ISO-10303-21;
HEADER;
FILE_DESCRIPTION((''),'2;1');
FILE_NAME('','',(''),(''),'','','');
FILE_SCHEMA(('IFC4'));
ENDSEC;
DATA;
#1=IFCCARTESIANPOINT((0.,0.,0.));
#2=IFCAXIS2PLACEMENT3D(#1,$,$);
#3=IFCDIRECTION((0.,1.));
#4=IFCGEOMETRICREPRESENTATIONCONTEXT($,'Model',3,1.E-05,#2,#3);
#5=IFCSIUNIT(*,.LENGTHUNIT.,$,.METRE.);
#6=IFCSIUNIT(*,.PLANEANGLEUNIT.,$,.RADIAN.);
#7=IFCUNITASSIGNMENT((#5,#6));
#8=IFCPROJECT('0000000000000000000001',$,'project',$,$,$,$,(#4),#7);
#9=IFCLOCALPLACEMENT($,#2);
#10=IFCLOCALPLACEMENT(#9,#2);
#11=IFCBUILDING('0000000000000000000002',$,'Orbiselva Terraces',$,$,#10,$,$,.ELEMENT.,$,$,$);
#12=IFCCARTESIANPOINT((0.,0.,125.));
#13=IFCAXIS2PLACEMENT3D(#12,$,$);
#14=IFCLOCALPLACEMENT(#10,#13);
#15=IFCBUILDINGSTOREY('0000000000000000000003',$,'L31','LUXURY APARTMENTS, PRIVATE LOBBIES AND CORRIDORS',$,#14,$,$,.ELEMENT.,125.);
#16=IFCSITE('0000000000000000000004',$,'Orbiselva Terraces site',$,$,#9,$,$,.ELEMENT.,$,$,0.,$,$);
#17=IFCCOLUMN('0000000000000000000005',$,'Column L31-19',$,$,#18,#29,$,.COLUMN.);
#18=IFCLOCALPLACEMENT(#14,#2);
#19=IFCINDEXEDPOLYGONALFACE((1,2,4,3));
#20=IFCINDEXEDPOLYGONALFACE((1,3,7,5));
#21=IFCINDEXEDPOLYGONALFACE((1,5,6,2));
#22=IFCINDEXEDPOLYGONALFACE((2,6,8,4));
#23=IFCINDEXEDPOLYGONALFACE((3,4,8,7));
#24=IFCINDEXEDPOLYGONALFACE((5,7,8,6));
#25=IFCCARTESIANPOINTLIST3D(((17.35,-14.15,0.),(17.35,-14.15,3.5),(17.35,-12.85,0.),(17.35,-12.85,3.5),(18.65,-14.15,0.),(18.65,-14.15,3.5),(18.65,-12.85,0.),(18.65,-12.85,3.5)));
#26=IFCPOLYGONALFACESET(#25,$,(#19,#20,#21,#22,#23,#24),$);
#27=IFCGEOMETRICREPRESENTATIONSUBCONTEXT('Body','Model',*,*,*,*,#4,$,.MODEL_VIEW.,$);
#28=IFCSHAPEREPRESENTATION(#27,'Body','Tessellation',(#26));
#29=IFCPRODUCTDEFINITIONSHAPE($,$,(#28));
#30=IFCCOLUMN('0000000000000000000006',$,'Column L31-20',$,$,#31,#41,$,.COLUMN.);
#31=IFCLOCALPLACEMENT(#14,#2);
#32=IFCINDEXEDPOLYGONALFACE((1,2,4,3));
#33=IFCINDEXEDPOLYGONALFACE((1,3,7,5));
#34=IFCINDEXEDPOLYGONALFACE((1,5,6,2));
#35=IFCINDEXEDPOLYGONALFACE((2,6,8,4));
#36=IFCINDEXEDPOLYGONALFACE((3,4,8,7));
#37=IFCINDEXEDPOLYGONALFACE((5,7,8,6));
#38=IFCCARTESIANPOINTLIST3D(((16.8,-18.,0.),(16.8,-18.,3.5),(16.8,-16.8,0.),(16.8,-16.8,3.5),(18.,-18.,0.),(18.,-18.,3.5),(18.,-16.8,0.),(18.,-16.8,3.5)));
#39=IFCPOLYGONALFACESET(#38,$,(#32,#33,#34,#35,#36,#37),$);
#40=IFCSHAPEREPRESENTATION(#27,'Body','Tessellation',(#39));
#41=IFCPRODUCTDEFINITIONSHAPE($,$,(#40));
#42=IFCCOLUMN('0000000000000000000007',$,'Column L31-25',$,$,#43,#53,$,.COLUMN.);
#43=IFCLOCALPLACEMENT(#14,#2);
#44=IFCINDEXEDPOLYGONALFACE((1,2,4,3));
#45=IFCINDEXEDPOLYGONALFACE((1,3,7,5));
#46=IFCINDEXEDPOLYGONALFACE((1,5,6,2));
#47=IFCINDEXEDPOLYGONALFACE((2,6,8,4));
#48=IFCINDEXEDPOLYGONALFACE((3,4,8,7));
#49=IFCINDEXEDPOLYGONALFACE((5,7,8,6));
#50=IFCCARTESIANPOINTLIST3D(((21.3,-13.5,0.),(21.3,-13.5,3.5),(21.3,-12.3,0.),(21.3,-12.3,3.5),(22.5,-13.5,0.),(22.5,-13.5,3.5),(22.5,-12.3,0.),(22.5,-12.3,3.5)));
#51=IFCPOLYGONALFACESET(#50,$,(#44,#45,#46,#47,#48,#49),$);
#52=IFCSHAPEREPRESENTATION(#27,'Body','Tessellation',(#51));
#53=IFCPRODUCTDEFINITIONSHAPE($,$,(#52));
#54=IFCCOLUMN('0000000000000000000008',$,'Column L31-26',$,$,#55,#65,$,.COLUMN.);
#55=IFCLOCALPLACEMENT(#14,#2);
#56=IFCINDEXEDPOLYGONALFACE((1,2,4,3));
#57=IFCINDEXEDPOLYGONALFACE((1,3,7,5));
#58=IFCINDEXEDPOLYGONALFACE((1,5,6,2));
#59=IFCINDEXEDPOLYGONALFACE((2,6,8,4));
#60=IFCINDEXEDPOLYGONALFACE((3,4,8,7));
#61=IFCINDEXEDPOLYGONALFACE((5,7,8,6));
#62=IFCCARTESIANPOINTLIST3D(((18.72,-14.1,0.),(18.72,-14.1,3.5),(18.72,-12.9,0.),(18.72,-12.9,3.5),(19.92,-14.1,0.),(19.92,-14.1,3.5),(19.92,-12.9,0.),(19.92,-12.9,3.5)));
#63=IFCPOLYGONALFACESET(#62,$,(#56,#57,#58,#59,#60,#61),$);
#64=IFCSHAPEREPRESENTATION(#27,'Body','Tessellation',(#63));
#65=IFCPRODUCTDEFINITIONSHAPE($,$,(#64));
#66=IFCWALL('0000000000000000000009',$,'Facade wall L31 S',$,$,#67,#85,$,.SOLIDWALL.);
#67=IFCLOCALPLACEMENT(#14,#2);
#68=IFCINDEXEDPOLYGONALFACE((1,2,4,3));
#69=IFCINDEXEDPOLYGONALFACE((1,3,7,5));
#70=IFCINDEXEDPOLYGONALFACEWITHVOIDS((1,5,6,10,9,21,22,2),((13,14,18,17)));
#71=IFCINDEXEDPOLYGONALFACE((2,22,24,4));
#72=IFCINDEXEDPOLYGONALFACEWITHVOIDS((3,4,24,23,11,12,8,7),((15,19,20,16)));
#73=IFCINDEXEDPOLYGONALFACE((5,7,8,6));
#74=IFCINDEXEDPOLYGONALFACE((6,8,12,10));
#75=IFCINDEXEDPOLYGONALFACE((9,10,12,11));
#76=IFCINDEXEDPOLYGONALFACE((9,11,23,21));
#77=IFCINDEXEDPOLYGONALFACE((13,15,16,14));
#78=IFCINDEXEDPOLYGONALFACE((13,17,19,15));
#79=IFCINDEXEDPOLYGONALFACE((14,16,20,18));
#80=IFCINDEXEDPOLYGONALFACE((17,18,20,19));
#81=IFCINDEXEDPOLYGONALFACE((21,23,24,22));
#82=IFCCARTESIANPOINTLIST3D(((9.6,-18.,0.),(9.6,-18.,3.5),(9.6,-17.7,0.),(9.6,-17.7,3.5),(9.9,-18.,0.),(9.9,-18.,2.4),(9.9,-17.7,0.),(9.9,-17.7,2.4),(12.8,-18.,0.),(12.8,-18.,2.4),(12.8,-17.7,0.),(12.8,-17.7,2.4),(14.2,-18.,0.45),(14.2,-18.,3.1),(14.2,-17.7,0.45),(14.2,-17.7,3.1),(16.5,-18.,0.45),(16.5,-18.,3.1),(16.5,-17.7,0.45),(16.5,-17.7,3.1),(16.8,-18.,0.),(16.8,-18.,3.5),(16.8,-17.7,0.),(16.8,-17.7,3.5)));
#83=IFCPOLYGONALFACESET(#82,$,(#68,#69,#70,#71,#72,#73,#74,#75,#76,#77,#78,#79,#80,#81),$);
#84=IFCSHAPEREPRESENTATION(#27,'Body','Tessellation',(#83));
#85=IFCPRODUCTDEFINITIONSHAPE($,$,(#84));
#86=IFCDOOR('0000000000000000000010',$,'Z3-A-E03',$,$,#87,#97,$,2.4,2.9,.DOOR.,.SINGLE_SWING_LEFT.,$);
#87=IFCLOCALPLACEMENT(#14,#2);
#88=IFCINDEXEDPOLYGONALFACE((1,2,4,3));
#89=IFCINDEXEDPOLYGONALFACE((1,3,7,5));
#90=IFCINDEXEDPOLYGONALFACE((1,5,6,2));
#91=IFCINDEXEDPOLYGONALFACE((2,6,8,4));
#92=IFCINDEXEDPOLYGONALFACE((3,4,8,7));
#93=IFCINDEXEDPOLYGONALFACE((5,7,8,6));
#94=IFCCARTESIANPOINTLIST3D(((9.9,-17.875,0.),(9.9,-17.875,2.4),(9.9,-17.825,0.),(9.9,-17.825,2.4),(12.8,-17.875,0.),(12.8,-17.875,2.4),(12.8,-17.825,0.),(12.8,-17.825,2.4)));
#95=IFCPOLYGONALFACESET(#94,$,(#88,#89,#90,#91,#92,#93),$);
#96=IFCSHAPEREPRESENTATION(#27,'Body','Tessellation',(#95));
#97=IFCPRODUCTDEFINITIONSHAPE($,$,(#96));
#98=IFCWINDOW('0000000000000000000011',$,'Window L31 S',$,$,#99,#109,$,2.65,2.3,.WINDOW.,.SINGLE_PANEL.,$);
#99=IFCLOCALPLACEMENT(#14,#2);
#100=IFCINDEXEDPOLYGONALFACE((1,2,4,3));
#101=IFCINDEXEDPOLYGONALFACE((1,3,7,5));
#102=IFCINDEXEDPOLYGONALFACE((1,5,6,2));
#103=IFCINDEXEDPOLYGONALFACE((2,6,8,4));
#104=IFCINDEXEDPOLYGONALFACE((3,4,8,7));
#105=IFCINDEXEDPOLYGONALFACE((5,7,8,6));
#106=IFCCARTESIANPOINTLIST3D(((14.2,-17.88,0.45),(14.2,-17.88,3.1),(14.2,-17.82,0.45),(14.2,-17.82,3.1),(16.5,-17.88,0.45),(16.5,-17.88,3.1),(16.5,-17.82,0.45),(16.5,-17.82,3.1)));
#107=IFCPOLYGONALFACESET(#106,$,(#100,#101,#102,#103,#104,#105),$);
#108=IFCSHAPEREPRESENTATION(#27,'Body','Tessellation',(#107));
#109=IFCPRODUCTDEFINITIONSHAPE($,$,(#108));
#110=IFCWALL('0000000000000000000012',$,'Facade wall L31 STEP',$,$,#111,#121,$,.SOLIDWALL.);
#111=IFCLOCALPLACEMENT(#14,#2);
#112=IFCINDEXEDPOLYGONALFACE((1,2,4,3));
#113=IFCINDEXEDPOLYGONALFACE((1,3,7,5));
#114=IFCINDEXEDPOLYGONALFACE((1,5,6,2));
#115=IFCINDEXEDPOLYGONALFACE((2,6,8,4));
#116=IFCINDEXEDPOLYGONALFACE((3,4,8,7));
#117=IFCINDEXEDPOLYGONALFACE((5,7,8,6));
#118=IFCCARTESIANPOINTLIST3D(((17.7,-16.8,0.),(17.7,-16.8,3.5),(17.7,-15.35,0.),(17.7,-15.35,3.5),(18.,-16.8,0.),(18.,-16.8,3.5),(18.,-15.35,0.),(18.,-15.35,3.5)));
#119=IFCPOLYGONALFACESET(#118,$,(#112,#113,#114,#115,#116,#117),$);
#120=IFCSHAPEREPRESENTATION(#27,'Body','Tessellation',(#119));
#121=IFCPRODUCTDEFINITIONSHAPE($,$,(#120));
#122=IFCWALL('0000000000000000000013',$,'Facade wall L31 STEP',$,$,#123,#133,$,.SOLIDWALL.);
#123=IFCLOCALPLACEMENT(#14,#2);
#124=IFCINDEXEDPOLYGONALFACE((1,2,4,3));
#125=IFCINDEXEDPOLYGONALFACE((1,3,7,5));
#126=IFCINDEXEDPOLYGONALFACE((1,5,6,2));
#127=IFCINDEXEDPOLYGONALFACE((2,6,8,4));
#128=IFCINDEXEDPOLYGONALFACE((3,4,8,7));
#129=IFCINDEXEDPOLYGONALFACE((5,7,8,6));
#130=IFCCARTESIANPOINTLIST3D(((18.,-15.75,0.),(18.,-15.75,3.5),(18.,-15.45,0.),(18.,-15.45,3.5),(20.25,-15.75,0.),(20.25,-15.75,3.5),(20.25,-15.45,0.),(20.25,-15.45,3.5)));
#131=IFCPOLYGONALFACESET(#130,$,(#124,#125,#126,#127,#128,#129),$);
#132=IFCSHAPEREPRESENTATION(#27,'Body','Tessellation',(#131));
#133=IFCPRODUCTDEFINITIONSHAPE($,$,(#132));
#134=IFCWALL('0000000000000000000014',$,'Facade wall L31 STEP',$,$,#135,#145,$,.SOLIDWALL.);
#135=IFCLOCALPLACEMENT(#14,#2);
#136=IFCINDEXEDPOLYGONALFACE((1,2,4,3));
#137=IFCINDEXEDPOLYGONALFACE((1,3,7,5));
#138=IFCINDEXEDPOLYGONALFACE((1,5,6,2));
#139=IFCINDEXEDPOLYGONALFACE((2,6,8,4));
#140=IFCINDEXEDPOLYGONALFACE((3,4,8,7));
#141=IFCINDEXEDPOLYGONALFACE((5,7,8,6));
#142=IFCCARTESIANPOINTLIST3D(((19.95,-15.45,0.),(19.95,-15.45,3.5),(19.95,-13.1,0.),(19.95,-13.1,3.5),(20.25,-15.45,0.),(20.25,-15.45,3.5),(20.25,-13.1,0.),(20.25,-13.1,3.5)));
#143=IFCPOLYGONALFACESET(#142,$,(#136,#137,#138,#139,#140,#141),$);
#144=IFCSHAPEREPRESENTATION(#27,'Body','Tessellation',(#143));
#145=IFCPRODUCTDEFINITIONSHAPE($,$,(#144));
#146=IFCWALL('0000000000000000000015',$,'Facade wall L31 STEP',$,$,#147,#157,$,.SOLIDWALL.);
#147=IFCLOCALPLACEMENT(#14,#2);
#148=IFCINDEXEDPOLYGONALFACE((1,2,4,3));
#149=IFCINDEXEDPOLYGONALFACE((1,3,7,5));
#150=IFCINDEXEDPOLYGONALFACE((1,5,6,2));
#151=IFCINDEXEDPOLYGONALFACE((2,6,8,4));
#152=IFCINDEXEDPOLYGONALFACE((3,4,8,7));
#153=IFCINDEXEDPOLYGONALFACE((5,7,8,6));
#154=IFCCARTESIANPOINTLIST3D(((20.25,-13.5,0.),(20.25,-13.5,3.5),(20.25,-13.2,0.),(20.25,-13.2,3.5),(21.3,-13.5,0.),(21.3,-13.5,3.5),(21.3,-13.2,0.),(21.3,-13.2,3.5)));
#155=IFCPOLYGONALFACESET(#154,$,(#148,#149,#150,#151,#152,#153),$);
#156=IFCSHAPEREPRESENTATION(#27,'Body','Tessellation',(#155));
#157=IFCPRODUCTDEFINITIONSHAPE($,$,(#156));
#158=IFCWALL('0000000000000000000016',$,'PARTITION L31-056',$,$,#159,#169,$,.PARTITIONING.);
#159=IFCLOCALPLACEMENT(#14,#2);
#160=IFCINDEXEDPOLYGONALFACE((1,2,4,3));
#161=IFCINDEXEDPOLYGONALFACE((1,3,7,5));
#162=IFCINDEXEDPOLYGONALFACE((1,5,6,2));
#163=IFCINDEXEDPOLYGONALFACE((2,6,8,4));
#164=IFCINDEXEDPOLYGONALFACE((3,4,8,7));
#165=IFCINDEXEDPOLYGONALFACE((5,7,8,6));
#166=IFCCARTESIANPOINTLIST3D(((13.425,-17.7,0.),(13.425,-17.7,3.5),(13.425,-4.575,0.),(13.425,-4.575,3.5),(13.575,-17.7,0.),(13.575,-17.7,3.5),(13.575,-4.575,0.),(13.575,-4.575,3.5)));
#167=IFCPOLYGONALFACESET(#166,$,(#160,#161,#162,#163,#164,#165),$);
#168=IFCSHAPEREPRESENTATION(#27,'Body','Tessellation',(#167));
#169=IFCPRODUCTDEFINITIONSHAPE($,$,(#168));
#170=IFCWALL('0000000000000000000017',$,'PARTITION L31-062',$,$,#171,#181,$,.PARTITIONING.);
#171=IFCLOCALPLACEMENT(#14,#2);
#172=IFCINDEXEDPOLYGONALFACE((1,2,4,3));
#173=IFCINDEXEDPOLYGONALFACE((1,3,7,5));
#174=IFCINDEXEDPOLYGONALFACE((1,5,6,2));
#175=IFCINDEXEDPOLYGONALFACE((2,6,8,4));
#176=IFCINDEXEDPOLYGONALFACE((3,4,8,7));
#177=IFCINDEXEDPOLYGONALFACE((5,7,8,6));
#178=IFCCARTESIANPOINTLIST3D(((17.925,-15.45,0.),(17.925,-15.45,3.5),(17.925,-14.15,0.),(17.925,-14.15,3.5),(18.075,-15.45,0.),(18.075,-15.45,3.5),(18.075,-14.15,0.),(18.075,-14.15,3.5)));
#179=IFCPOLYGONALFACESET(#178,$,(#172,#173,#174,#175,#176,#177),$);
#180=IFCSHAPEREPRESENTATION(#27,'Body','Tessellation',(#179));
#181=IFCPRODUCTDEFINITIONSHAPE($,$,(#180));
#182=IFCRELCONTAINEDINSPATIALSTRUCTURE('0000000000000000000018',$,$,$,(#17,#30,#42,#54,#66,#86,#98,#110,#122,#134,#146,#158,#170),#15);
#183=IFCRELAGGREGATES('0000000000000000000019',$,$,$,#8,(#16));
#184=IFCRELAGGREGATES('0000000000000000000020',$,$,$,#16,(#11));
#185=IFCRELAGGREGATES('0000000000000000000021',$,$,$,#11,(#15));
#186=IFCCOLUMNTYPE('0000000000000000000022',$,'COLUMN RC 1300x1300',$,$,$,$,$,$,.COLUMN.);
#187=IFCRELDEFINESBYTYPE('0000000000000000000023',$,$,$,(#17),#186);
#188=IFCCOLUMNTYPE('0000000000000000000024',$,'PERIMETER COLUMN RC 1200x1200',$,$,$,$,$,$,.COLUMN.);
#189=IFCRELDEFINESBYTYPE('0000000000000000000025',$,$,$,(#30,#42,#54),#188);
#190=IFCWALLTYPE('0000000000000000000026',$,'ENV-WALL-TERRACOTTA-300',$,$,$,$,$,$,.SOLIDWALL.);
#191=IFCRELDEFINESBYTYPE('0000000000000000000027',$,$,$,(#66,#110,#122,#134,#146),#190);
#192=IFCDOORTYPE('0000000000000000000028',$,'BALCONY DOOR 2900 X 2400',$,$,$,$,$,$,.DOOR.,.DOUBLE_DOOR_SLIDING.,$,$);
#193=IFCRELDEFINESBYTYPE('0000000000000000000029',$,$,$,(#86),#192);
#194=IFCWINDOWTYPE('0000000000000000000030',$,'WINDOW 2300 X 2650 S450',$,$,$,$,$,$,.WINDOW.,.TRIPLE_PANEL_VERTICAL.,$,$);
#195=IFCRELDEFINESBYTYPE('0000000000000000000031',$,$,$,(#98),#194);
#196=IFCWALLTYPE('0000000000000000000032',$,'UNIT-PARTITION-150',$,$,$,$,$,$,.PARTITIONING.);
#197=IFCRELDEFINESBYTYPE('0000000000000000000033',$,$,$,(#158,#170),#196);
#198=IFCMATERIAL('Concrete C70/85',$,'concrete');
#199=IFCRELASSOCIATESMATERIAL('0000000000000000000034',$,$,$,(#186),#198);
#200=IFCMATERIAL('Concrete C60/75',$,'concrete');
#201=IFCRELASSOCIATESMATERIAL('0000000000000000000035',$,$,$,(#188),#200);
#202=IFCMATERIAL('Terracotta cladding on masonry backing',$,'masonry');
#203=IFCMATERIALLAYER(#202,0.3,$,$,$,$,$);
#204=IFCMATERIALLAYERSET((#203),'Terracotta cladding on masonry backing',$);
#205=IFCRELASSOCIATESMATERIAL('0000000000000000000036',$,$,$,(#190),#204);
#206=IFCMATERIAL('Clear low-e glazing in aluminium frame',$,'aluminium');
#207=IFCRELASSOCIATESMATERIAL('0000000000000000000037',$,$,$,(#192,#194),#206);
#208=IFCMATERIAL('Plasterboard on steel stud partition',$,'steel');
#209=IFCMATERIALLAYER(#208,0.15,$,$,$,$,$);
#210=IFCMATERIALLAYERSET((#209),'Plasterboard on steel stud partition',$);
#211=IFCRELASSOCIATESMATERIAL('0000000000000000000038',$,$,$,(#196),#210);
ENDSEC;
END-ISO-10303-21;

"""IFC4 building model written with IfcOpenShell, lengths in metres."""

from ifc_helpers import new_model, si_unit, direction, frame, frame_2d, origin, origin_2d, place, context, subcontext, project, spatial, rectangle, extrude, material, layer, layer_set, material_profile, profile_set, type_object, element, fill, save


model = new_model("IFC4")

# Units and contexts
model_context = context("Model", 3, precision=1e-05, world=origin(), true_north=direction((0.0, 1.0)))
body_context = subcontext(model_context, "Body", "Model", "MODEL_VIEW")
ifc_project = project(units=[si_unit("LENGTHUNIT", "METRE"), si_unit("PLANEANGLEUNIT", "RADIAN")], contexts=[model_context])

# Site, building, storey
site_placement = place(None, origin())
site = spatial("IfcSite", under=ifc_project, at=site_placement, Name="Orbiselva Terraces site", CompositionType="ELEMENT", RefElevation=0.0)
building_placement = place(site_placement, origin())
building = spatial("IfcBuilding", under=site, at=building_placement, Name="Orbiselva Terraces", CompositionType="ELEMENT")
storey_placement = place(building_placement, frame((0.0, 0.0, 125.0)))
storey = spatial("IfcBuildingStorey", under=building, at=storey_placement, Name="L31", Description="LUXURY APARTMENTS, PRIVATE LOBBIES AND CORRIDORS", CompositionType="ELEMENT", Elevation=125.0)

# Columns
ifc_material_1 = material(Name="Concrete C70/85", Category="concrete")
ifc_material_profile_1 = material_profile(ifc_material_1, rectangle(XDim=1.3, YDim=1.3, at=origin_2d()), Name="RC 1300x1300")
ifc_profile_set_1 = profile_set([ifc_material_profile_1], Name="Concrete C70/85")
column_type_1 = type_object("IfcColumnType", Name="COLUMN RC 1300x1300", PredefinedType="COLUMN", material=ifc_profile_set_1)
column_placement = place(storey_placement, frame((18.0, -13.5, 0.0), z_axis=(0.0, 0.0, 1.0), x_axis=(1.0, 0.0, 0.0)))
element("IfcColumn", 1, at=column_placement, inside=storey, type_object=column_type_1, Name="Column L31-19", PredefinedType="COLUMN", context=body_context, shape_type="SweptSolid", body=[
    extrude(rectangle(XDim=1.3, YDim=1.3, at=origin_2d()), origin(), (0.0, 0.0, 1.0), 3.5),
])
ifc_material_2 = material(Name="Concrete C60/75", Category="concrete")
ifc_material_profile_2 = material_profile(ifc_material_2, rectangle(XDim=1.2, YDim=1.2, at=origin_2d()), Name="RC 1200x1200")
ifc_profile_set_2 = profile_set([ifc_material_profile_2], Name="Concrete C60/75")
column_type_2 = type_object("IfcColumnType", Name="PERIMETER COLUMN RC 1200x1200", PredefinedType="COLUMN", material=ifc_profile_set_2)
for number, where, z_axis, x_axis, name in (
    (2, (17.4, -17.4, 0.0), (0.0, 0.0, 1.0), (1.0, 0.0, 0.0), "Column L31-20"),
    (3, (21.9, -12.9, 0.0), (0.0, 0.0, 1.0), (1.0, 0.0, 0.0), "Column L31-25"),
    (4, (19.32, -13.5, 0.0), (0.0, 0.0, 1.0), (1.0, 0.0, 0.0), "Column L31-26"),
):
    element("IfcColumn", number, at=place(storey_placement, frame(where, z_axis=z_axis, x_axis=x_axis)), inside=storey, type_object=column_type_2, Name=name, PredefinedType="COLUMN", context=body_context, shape_type="SweptSolid", body=[
        extrude(rectangle(XDim=1.2, YDim=1.2, at=origin_2d()), origin(), (0.0, 0.0, 1.0), 3.5),
    ])

# Wall, openings, door, window
ifc_material_3 = material(Name="Terracotta cladding on masonry backing", Category="masonry")
ifc_layer_1 = layer(ifc_material_3, 0.3)
ifc_layer_set_1 = layer_set([ifc_layer_1], Name="Terracotta cladding on masonry backing")
wall_type_1 = type_object("IfcWallType", Name="ENV-WALL-TERRACOTTA-300", PredefinedType="SOLIDWALL", material=ifc_layer_set_1)
wall_1_placement = place(storey_placement, frame((16.8, -17.85, 0.0), z_axis=(0.0, 0.0, 1.0), x_axis=(-1.0, 0.0, 0.0)))
wall_1 = element("IfcWall", 5, at=wall_1_placement, inside=storey, type_object=wall_type_1, Name="Facade wall L31 S", PredefinedType="SOLIDWALL", context=body_context, shape_type="SweptSolid", body=[
    extrude(rectangle(XDim=7.2, YDim=0.3, at=frame_2d((3.6, 0.0))), origin(), (0.0, 0.0, 1.0), 3.5),
])
opening_1_placement = place(wall_1_placement, frame((4.0, 0.0, 0.0)))
opening_1 = element("IfcOpeningElement", 6, at=opening_1_placement, cuts=wall_1, PredefinedType="OPENING", context=body_context, shape_type="SweptSolid", body=[
    extrude(rectangle(XDim=2.9, YDim=2.4, at=frame_2d((1.45, 1.2))), frame((0.0, 0.16, 0.0), z_axis=(0.0, -1.0, 0.0), x_axis=(1.0, 0.0, 0.0)), (0.0, 0.0, 1.0), 0.32),
])
opening_2_placement = place(wall_1_placement, frame((0.3, 0.0, 0.45)))
opening_2 = element("IfcOpeningElement", 7, at=opening_2_placement, cuts=wall_1, PredefinedType="OPENING", context=body_context, shape_type="SweptSolid", body=[
    extrude(rectangle(XDim=2.3, YDim=2.65, at=frame_2d((1.15, 1.325))), frame((0.0, 0.16, 0.0), z_axis=(0.0, -1.0, 0.0), x_axis=(1.0, 0.0, 0.0)), (0.0, 0.0, 1.0), 0.32),
])
ifc_material_4 = material(Name="Clear low-e glazing in aluminium frame", Category="aluminium")
door_type = type_object("IfcDoorType", Name="BALCONY DOOR 2900 X 2400", OperationType="DOUBLE_DOOR_SLIDING", PredefinedType="DOOR", material=ifc_material_4)
door_placement = place(opening_1_placement, origin())
door = element("IfcDoor", 8, at=door_placement, inside=storey, type_object=door_type, Name="Z3-A-E03", OperationType="SINGLE_SWING_LEFT", OverallHeight=2.4, OverallWidth=2.9, PredefinedType="DOOR", context=body_context, shape_type="SweptSolid", body=[
    extrude(rectangle(XDim=2.9, YDim=2.4, at=frame_2d((1.45, 1.2))), frame((0.0, 0.025, 0.0), z_axis=(0.0, -1.0, 0.0), x_axis=(1.0, 0.0, 0.0)), (0.0, 0.0, 1.0), 0.05),
])
fill(opening_1, door)
window_type = type_object("IfcWindowType", Name="WINDOW 2300 X 2650 S450", PartitioningType="TRIPLE_PANEL_VERTICAL", PredefinedType="WINDOW", material=ifc_material_4)
window_placement = place(opening_2_placement, origin())
window = element("IfcWindow", 9, at=window_placement, inside=storey, type_object=window_type, Name="Window L31 S", OverallHeight=2.65, OverallWidth=2.3, PartitioningType="SINGLE_PANEL", PredefinedType="WINDOW", context=body_context, shape_type="SweptSolid", body=[
    extrude(rectangle(XDim=2.3, YDim=2.65, at=frame_2d((1.15, 1.325))), frame((0.0, 0.03, 0.0), z_axis=(0.0, -1.0, 0.0), x_axis=(1.0, 0.0, 0.0)), (0.0, 0.0, 1.0), 0.06),
])
fill(opening_2, window)

# Walls
wall_2_placement = place(storey_placement, frame((17.85, -15.35, 0.0), z_axis=(0.0, 0.0, 1.0), x_axis=(0.0, -1.0, 0.0)))
element("IfcWall", 10, at=wall_2_placement, inside=storey, type_object=wall_type_1, Name="Facade wall L31 STEP", PredefinedType="SOLIDWALL", context=body_context, shape_type="SweptSolid", body=[
    extrude(rectangle(XDim=1.45, YDim=0.3, at=frame_2d((0.725, 0.0))), origin(), (0.0, 0.0, 1.0), 3.5),
])
wall_3_placement = place(storey_placement, frame((20.25, -15.6, 0.0), z_axis=(0.0, 0.0, 1.0), x_axis=(-1.0, 0.0, 0.0)))
element("IfcWall", 11, at=wall_3_placement, inside=storey, type_object=wall_type_1, Name="Facade wall L31 STEP", PredefinedType="SOLIDWALL", context=body_context, shape_type="SweptSolid", body=[
    extrude(rectangle(XDim=2.25, YDim=0.3, at=frame_2d((1.125, 0.0))), origin(), (0.0, 0.0, 1.0), 3.5),
])
wall_4_placement = place(storey_placement, frame((20.1, -13.1, 0.0), z_axis=(0.0, 0.0, 1.0), x_axis=(0.0, -1.0, 0.0)))
element("IfcWall", 12, at=wall_4_placement, inside=storey, type_object=wall_type_1, Name="Facade wall L31 STEP", PredefinedType="SOLIDWALL", context=body_context, shape_type="SweptSolid", body=[
    extrude(rectangle(XDim=2.35, YDim=0.3, at=frame_2d((1.175, 0.0))), origin(), (0.0, 0.0, 1.0), 3.5),
])
wall_5_placement = place(storey_placement, frame((21.3, -13.35, 0.0), z_axis=(0.0, 0.0, 1.0), x_axis=(-1.0, 0.0, 0.0)))
element("IfcWall", 13, at=wall_5_placement, inside=storey, type_object=wall_type_1, Name="Facade wall L31 STEP", PredefinedType="SOLIDWALL", context=body_context, shape_type="SweptSolid", body=[
    extrude(rectangle(XDim=1.05, YDim=0.3, at=frame_2d((0.525, 0.0))), origin(), (0.0, 0.0, 1.0), 3.5),
])
ifc_material_5 = material(Name="Plasterboard on steel stud partition", Category="steel")
ifc_layer_2 = layer(ifc_material_5, 0.15)
ifc_layer_set_2 = layer_set([ifc_layer_2], Name="Plasterboard on steel stud partition")
wall_type_2 = type_object("IfcWallType", Name="UNIT-PARTITION-150", PredefinedType="PARTITIONING", material=ifc_layer_set_2)
wall_6_placement = place(storey_placement, frame((13.5, -17.7, 0.0), z_axis=(0.0, 0.0, 1.0), x_axis=(0.0, 1.0, 0.0)))
element("IfcWall", 14, at=wall_6_placement, inside=storey, type_object=wall_type_2, Name="PARTITION L31-056", PredefinedType="PARTITIONING", context=body_context, shape_type="SweptSolid", body=[
    extrude(rectangle(XDim=13.125, YDim=0.15, at=frame_2d((6.5625, 0.0))), origin(), (0.0, 0.0, 1.0), 3.5),
])
wall_7_placement = place(storey_placement, frame((18.0, -15.45, 0.0), z_axis=(0.0, 0.0, 1.0), x_axis=(0.0, 1.0, 0.0)))
element("IfcWall", 15, at=wall_7_placement, inside=storey, type_object=wall_type_2, Name="PARTITION L31-062", PredefinedType="PARTITIONING", context=body_context, shape_type="SweptSolid", body=[
    extrude(rectangle(XDim=1.3, YDim=0.15, at=frame_2d((0.65, 0.0))), origin(), (0.0, 0.0, 1.0), 3.5),
])

save(model, "model.ifc")
